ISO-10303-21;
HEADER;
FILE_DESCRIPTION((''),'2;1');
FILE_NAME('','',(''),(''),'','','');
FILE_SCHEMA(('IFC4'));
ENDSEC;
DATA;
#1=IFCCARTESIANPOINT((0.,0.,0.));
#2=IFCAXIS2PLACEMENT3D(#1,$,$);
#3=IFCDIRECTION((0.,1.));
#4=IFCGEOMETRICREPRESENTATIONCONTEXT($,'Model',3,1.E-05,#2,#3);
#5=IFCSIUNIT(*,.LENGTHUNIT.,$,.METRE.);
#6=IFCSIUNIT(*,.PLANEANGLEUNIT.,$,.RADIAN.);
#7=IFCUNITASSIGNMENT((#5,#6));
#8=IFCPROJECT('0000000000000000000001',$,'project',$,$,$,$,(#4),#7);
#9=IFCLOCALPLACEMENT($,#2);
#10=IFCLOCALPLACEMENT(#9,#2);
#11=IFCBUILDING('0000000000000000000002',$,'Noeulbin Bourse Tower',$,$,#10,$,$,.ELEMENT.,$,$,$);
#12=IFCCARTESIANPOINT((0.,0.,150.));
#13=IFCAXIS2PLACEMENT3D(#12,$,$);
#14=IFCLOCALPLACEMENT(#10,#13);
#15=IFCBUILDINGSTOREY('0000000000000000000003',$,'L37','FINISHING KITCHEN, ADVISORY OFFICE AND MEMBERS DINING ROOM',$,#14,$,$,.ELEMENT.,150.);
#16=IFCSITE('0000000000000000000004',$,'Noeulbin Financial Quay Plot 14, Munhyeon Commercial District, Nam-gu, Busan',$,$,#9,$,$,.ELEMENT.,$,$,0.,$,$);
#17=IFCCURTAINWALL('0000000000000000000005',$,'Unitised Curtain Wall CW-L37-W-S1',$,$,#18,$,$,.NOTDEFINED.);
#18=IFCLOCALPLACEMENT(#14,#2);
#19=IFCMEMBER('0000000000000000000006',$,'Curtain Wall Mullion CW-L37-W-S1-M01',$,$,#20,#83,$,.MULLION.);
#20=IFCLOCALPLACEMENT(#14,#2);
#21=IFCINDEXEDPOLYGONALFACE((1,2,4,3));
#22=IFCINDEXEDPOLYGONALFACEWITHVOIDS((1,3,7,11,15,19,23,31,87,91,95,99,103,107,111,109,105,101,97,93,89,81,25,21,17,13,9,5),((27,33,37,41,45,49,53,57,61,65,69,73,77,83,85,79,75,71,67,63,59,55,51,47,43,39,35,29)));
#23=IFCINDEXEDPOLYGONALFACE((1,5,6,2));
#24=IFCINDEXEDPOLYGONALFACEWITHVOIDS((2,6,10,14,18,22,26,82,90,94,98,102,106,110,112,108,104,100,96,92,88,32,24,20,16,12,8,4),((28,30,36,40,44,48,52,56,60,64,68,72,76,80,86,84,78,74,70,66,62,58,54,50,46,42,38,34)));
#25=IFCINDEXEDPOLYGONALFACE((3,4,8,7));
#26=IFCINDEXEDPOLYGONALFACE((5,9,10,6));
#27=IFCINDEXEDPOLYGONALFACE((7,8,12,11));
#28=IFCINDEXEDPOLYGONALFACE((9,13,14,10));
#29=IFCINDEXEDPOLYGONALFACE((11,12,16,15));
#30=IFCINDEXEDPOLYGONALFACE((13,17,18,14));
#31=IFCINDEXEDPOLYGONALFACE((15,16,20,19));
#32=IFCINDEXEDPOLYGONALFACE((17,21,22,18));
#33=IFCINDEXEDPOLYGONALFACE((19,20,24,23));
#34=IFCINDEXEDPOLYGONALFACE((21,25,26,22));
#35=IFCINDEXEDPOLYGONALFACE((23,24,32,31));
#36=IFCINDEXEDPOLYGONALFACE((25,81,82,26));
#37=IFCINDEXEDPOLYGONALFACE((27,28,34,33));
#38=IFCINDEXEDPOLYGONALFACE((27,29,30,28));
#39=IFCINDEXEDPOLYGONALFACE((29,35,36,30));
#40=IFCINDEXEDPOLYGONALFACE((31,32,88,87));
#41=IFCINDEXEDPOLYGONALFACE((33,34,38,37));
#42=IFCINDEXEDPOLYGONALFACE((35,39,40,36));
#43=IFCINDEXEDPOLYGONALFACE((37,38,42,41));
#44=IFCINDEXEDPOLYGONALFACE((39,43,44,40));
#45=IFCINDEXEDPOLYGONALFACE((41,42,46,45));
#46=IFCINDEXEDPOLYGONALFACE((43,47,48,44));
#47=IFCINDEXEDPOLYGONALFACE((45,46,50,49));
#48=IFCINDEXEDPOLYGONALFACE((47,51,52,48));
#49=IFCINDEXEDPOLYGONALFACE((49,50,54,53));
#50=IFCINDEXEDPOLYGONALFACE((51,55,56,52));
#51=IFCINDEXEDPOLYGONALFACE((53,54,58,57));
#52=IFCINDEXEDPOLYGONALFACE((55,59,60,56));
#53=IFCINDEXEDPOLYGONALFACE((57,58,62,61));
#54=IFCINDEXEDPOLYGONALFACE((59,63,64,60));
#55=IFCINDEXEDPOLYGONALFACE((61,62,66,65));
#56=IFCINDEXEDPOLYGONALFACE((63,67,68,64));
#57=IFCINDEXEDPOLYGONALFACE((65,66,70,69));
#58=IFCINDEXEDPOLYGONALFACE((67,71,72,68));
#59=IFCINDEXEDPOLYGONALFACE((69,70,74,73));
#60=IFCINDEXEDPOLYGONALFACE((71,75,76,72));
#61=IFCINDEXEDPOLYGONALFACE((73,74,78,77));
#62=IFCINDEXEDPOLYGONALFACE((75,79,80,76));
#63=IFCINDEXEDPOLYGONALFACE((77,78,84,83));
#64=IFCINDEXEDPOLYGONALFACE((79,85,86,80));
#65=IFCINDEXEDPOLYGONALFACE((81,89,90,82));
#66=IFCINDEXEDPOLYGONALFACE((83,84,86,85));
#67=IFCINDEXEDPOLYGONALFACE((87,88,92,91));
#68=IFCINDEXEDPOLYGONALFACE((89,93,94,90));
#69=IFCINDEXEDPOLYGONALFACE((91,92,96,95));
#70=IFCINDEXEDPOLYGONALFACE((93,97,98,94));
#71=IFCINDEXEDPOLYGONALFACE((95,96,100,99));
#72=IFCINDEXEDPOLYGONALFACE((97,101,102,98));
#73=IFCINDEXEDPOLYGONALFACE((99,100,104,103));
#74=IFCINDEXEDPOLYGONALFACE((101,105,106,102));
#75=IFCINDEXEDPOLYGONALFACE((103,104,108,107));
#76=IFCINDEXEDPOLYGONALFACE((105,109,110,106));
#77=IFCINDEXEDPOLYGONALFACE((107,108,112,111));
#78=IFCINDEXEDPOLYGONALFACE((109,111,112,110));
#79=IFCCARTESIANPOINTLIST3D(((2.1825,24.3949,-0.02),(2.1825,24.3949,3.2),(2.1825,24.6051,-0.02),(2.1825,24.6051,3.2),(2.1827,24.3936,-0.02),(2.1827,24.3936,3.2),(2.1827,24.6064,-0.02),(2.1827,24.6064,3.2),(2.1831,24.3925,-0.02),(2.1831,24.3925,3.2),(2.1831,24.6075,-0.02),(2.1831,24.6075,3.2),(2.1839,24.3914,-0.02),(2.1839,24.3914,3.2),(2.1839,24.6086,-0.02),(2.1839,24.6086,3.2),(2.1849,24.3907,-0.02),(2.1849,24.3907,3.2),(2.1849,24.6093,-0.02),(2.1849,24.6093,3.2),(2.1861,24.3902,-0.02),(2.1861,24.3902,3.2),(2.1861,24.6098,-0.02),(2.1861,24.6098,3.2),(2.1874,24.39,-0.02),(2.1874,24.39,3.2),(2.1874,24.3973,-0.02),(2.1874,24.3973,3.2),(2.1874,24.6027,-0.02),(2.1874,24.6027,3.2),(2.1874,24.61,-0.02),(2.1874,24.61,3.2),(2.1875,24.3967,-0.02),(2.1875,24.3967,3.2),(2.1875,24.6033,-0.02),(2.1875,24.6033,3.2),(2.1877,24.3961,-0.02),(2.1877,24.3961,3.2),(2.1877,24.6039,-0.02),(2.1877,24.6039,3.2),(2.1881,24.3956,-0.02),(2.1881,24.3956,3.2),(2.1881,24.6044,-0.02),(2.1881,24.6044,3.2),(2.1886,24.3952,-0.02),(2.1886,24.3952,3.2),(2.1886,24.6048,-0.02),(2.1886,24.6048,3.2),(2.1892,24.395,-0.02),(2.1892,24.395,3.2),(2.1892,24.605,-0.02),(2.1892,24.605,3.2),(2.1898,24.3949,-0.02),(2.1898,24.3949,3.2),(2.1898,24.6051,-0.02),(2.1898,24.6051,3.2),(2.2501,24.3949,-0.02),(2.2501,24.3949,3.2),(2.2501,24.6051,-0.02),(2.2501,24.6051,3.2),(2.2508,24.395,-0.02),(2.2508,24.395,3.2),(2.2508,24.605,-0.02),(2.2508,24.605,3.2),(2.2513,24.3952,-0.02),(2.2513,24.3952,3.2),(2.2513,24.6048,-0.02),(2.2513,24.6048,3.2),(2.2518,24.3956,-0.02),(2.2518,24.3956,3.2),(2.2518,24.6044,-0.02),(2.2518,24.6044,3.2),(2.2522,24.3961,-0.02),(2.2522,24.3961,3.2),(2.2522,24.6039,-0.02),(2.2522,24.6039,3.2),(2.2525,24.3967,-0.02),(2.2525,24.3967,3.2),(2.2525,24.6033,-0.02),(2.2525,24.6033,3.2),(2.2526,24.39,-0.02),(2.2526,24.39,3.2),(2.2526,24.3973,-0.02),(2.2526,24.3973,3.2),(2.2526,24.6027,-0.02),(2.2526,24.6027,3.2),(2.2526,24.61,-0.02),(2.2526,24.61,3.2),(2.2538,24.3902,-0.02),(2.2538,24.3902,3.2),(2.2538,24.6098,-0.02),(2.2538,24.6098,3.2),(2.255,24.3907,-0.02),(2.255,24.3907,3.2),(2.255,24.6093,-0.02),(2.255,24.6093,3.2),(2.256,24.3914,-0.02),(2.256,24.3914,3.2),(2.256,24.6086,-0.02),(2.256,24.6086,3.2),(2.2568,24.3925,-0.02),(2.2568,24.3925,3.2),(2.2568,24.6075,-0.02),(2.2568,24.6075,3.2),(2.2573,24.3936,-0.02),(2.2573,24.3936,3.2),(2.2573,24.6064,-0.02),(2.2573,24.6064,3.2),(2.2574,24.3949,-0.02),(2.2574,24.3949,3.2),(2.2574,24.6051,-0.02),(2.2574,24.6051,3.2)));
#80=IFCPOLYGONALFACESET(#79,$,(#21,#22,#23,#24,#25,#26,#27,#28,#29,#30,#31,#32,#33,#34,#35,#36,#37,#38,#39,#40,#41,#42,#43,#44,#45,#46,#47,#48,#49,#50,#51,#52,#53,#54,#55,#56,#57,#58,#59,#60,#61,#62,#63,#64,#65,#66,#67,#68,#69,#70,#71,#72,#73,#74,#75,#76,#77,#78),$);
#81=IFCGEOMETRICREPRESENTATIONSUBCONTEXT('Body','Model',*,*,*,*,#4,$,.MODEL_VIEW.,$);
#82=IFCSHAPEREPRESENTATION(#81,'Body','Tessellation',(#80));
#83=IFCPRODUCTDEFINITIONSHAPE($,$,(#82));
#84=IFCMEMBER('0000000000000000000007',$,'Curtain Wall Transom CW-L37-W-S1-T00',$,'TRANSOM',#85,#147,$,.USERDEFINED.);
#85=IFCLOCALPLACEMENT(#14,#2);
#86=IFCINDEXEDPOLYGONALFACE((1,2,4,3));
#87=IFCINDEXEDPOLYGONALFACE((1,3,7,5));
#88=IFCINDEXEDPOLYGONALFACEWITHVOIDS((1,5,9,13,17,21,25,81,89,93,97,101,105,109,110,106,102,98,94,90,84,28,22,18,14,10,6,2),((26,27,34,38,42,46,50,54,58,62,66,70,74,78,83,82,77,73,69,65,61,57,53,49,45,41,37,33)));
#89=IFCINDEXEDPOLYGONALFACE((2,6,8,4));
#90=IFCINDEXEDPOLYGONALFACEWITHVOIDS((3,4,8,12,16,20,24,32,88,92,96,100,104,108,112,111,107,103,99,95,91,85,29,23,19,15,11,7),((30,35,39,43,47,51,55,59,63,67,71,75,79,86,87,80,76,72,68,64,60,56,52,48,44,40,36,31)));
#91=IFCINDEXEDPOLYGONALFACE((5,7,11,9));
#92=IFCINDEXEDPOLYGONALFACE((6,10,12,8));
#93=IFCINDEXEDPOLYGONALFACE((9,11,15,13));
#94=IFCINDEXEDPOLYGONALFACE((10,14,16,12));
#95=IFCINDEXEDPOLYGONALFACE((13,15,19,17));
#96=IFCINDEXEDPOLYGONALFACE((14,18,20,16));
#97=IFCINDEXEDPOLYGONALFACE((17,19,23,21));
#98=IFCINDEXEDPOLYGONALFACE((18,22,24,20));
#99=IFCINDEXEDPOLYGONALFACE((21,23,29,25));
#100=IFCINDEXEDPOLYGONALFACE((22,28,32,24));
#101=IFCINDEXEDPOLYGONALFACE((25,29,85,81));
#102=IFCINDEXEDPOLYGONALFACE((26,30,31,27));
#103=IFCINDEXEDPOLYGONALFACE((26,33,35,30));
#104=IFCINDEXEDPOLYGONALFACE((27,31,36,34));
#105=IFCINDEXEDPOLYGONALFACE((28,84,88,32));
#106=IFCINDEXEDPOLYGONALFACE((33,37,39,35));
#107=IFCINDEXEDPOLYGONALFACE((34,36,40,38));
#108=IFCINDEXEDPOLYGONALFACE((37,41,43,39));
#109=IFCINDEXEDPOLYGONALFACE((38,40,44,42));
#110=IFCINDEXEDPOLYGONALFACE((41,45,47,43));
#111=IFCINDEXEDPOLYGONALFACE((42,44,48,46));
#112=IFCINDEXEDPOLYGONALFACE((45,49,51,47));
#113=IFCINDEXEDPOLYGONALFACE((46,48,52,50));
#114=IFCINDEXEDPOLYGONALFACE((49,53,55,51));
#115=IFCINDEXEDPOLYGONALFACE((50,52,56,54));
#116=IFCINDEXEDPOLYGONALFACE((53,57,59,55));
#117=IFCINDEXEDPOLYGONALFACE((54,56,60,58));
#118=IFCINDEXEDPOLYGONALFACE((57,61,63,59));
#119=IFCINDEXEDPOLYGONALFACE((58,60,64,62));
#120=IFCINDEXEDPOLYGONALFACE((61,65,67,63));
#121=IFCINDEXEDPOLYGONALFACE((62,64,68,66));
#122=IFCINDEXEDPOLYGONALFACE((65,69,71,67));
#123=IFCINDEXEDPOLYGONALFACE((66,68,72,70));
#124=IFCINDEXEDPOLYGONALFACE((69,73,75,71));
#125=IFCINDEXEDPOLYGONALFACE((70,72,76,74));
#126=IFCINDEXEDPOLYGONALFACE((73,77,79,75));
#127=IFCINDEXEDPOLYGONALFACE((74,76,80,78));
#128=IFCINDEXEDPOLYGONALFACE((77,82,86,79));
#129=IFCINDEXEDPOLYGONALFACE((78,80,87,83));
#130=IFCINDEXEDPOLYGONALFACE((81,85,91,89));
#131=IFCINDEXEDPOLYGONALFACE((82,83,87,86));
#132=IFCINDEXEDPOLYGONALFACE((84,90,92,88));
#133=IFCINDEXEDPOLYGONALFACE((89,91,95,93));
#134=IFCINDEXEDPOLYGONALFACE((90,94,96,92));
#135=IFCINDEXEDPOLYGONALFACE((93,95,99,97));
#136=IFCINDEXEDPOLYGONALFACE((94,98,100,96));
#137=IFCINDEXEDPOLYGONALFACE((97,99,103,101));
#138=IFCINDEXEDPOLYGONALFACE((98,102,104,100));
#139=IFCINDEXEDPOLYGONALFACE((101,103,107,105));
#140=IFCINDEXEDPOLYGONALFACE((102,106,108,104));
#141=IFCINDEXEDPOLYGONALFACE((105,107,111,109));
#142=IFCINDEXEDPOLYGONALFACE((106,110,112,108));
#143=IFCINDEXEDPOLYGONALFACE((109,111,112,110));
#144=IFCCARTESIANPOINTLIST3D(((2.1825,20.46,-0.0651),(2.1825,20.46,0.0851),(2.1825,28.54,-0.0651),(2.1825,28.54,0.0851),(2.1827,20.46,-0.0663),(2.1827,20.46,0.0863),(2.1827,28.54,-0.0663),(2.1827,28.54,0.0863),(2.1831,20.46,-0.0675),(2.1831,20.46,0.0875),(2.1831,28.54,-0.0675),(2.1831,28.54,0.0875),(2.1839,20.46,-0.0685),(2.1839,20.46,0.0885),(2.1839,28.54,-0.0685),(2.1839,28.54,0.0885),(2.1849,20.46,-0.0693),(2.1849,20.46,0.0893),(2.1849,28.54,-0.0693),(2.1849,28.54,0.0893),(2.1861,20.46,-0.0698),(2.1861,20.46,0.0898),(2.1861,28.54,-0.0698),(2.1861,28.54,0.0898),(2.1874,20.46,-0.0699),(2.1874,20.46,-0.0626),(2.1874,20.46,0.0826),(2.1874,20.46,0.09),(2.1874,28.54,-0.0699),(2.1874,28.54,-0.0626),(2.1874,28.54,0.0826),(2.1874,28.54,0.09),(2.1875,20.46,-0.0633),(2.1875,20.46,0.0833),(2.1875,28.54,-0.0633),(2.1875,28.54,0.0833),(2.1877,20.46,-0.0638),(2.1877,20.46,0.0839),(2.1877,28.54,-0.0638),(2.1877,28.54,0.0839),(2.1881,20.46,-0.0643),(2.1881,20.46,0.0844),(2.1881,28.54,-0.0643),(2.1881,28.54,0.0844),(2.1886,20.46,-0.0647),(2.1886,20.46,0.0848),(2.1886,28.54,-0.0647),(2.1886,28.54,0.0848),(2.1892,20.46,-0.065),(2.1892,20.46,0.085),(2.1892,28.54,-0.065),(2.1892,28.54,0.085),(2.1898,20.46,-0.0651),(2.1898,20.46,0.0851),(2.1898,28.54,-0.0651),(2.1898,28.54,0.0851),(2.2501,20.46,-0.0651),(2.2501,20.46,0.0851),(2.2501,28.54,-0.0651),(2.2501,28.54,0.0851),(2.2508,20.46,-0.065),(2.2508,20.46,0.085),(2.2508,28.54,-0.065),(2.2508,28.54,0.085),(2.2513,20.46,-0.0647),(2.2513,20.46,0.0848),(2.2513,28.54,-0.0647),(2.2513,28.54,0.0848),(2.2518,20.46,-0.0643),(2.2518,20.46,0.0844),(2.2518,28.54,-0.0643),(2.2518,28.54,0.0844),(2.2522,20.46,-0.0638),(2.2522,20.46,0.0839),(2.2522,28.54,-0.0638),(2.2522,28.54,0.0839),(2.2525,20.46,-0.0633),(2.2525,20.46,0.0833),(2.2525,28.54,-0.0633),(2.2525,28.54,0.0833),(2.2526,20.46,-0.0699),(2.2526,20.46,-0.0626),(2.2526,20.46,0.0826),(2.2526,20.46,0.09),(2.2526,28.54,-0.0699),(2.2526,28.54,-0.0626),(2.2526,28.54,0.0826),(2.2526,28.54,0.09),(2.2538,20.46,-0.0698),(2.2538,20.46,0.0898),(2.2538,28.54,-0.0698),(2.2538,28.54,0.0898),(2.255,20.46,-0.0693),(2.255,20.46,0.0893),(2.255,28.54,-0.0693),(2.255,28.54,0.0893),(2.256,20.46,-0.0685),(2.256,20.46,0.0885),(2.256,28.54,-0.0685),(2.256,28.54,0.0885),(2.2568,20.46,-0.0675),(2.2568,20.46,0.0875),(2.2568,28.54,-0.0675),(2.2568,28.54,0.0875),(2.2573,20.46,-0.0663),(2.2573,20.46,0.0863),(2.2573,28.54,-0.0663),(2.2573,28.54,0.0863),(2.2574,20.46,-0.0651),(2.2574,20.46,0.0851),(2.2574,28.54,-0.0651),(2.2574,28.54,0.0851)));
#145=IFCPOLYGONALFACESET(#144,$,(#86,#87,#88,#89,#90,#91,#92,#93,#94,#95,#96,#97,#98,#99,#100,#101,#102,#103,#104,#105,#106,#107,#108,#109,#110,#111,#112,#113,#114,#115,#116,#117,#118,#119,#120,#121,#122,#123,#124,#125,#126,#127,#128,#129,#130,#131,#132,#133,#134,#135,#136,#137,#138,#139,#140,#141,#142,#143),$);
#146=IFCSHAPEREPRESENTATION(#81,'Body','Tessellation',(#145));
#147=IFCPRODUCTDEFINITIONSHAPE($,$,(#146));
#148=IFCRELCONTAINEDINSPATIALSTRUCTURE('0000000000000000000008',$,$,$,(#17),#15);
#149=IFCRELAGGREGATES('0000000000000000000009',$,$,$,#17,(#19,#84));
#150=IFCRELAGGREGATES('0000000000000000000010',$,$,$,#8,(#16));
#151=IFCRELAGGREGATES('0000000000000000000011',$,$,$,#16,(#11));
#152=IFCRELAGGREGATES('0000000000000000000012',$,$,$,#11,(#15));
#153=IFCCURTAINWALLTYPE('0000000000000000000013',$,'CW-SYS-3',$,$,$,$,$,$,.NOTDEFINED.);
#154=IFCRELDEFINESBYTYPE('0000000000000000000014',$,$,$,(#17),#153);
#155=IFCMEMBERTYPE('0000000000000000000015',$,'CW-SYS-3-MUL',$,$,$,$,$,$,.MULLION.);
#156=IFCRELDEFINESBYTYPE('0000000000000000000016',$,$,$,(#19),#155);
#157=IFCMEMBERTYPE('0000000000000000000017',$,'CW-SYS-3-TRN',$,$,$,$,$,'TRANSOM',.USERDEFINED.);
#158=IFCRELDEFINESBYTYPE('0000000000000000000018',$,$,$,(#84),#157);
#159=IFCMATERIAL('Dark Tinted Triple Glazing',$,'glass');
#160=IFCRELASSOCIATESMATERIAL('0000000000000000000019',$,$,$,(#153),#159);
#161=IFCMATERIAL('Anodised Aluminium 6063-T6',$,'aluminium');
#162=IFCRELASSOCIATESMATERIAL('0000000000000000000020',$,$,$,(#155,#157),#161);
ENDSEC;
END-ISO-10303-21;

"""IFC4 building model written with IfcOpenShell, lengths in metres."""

from ifc_helpers import new_model, si_unit, direction, frame, origin, origin_2d, place, context, subcontext, project, spatial, hollow_rectangle, extrude, material, material_profile, profile_set, type_object, element, aggregate, save


model = new_model("IFC4")

# Units and contexts
model_context = context("Model", 3, precision=1e-05, world=origin(), true_north=direction((0.0, 1.0)))
body_context = subcontext(model_context, "Body", "Model", "MODEL_VIEW")
ifc_project = project(units=[si_unit("LENGTHUNIT", "METRE"), si_unit("PLANEANGLEUNIT", "RADIAN")], contexts=[model_context])

# Site, building, storey
site_placement = place(None, origin())
site = spatial("IfcSite", under=ifc_project, at=site_placement, Name="Noeulbin Financial Quay Plot 14, Munhyeon Commercial District, Nam-gu, Busan", CompositionType="ELEMENT", RefElevation=0.0)
building_placement = place(site_placement, origin())
building = spatial("IfcBuilding", under=site, at=building_placement, Name="Noeulbin Bourse Tower", CompositionType="ELEMENT")
storey_placement = place(building_placement, frame((0.0, 0.0, 150.0)))
storey = spatial("IfcBuildingStorey", under=building, at=storey_placement, Name="L37", Description="FINISHING KITCHEN, ADVISORY OFFICE AND MEMBERS DINING ROOM", CompositionType="ELEMENT", Elevation=150.0)

# Curtain wall, members
ifc_material_1 = material(Name="Dark Tinted Triple Glazing", Category="glass")
curtain_wall_type = type_object("IfcCurtainWallType", Name="CW-SYS-3", PredefinedType="NOTDEFINED", material=ifc_material_1)
curtain_wall_placement = place(storey_placement, origin())
curtain_wall = element("IfcCurtainWall", 1, at=curtain_wall_placement, inside=storey, type_object=curtain_wall_type, Name="Unitised Curtain Wall CW-L37-W-S1", PredefinedType="NOTDEFINED")
ifc_material_2 = material(Name="Anodised Aluminium 6063-T6", Category="aluminium")
ifc_material_profile_1 = material_profile(ifc_material_2, hollow_rectangle(XDim=0.075, YDim=0.22, WallThickness=0.0049, InnerFilletRadius=0.0024, OuterFilletRadius=0.0049, at=origin_2d()), Name="ALU-MULL-75x220x5", Category="LoadBearing")
ifc_profile_set_1 = profile_set([ifc_material_profile_1], Name="Anodised Aluminium 6063-T6")
member_type_1 = type_object("IfcMemberType", Name="CW-SYS-3-MUL", PredefinedType="MULLION", material=ifc_profile_set_1)
member_1_placement = place(storey_placement, frame((2.22, 24.5, -0.02), z_axis=(0.0, 0.0, 1.0), x_axis=(1.0, 0.0, 0.0)))
member_1 = element("IfcMember", 2, at=member_1_placement, type_object=member_type_1, Name="Curtain Wall Mullion CW-L37-W-S1-M01", PredefinedType="MULLION", context=body_context, shape_type="SweptSolid", body=[
    extrude(hollow_rectangle(XDim=0.075, YDim=0.22, WallThickness=0.0049, InnerFilletRadius=0.0024, OuterFilletRadius=0.0049, at=origin_2d()), origin(), (0.0, 0.0, 1.0), 3.22),
])
ifc_material_profile_2 = material_profile(ifc_material_2, hollow_rectangle(XDim=0.075, YDim=0.1599, WallThickness=0.0049, InnerFilletRadius=0.0024, OuterFilletRadius=0.0049, at=origin_2d()), Name="ALU-TRAN-75x160x5", Category="LoadBearing")
ifc_profile_set_2 = profile_set([ifc_material_profile_2], Name="Anodised Aluminium 6063-T6")
member_type_2 = type_object("IfcMemberType", Name="CW-SYS-3-TRN", ElementType="TRANSOM", PredefinedType="USERDEFINED", material=ifc_profile_set_2)
member_2_placement = place(storey_placement, frame((2.22, 20.46, 0.01), z_axis=(0.0, 1.0, 0.0), x_axis=(-1.0, 0.0, 0.0)))
member_2 = element("IfcMember", 3, at=member_2_placement, type_object=member_type_2, Name="Curtain Wall Transom CW-L37-W-S1-T00", ObjectType="TRANSOM", PredefinedType="USERDEFINED", context=body_context, shape_type="SweptSolid", body=[
    extrude(hollow_rectangle(XDim=0.075, YDim=0.1599, WallThickness=0.0049, InnerFilletRadius=0.0024, OuterFilletRadius=0.0049, at=origin_2d()), origin(), (0.0, 0.0, 1.0), 8.0801),
])
aggregate(curtain_wall, [member_1, member_2])

save(model, "model.ifc")
